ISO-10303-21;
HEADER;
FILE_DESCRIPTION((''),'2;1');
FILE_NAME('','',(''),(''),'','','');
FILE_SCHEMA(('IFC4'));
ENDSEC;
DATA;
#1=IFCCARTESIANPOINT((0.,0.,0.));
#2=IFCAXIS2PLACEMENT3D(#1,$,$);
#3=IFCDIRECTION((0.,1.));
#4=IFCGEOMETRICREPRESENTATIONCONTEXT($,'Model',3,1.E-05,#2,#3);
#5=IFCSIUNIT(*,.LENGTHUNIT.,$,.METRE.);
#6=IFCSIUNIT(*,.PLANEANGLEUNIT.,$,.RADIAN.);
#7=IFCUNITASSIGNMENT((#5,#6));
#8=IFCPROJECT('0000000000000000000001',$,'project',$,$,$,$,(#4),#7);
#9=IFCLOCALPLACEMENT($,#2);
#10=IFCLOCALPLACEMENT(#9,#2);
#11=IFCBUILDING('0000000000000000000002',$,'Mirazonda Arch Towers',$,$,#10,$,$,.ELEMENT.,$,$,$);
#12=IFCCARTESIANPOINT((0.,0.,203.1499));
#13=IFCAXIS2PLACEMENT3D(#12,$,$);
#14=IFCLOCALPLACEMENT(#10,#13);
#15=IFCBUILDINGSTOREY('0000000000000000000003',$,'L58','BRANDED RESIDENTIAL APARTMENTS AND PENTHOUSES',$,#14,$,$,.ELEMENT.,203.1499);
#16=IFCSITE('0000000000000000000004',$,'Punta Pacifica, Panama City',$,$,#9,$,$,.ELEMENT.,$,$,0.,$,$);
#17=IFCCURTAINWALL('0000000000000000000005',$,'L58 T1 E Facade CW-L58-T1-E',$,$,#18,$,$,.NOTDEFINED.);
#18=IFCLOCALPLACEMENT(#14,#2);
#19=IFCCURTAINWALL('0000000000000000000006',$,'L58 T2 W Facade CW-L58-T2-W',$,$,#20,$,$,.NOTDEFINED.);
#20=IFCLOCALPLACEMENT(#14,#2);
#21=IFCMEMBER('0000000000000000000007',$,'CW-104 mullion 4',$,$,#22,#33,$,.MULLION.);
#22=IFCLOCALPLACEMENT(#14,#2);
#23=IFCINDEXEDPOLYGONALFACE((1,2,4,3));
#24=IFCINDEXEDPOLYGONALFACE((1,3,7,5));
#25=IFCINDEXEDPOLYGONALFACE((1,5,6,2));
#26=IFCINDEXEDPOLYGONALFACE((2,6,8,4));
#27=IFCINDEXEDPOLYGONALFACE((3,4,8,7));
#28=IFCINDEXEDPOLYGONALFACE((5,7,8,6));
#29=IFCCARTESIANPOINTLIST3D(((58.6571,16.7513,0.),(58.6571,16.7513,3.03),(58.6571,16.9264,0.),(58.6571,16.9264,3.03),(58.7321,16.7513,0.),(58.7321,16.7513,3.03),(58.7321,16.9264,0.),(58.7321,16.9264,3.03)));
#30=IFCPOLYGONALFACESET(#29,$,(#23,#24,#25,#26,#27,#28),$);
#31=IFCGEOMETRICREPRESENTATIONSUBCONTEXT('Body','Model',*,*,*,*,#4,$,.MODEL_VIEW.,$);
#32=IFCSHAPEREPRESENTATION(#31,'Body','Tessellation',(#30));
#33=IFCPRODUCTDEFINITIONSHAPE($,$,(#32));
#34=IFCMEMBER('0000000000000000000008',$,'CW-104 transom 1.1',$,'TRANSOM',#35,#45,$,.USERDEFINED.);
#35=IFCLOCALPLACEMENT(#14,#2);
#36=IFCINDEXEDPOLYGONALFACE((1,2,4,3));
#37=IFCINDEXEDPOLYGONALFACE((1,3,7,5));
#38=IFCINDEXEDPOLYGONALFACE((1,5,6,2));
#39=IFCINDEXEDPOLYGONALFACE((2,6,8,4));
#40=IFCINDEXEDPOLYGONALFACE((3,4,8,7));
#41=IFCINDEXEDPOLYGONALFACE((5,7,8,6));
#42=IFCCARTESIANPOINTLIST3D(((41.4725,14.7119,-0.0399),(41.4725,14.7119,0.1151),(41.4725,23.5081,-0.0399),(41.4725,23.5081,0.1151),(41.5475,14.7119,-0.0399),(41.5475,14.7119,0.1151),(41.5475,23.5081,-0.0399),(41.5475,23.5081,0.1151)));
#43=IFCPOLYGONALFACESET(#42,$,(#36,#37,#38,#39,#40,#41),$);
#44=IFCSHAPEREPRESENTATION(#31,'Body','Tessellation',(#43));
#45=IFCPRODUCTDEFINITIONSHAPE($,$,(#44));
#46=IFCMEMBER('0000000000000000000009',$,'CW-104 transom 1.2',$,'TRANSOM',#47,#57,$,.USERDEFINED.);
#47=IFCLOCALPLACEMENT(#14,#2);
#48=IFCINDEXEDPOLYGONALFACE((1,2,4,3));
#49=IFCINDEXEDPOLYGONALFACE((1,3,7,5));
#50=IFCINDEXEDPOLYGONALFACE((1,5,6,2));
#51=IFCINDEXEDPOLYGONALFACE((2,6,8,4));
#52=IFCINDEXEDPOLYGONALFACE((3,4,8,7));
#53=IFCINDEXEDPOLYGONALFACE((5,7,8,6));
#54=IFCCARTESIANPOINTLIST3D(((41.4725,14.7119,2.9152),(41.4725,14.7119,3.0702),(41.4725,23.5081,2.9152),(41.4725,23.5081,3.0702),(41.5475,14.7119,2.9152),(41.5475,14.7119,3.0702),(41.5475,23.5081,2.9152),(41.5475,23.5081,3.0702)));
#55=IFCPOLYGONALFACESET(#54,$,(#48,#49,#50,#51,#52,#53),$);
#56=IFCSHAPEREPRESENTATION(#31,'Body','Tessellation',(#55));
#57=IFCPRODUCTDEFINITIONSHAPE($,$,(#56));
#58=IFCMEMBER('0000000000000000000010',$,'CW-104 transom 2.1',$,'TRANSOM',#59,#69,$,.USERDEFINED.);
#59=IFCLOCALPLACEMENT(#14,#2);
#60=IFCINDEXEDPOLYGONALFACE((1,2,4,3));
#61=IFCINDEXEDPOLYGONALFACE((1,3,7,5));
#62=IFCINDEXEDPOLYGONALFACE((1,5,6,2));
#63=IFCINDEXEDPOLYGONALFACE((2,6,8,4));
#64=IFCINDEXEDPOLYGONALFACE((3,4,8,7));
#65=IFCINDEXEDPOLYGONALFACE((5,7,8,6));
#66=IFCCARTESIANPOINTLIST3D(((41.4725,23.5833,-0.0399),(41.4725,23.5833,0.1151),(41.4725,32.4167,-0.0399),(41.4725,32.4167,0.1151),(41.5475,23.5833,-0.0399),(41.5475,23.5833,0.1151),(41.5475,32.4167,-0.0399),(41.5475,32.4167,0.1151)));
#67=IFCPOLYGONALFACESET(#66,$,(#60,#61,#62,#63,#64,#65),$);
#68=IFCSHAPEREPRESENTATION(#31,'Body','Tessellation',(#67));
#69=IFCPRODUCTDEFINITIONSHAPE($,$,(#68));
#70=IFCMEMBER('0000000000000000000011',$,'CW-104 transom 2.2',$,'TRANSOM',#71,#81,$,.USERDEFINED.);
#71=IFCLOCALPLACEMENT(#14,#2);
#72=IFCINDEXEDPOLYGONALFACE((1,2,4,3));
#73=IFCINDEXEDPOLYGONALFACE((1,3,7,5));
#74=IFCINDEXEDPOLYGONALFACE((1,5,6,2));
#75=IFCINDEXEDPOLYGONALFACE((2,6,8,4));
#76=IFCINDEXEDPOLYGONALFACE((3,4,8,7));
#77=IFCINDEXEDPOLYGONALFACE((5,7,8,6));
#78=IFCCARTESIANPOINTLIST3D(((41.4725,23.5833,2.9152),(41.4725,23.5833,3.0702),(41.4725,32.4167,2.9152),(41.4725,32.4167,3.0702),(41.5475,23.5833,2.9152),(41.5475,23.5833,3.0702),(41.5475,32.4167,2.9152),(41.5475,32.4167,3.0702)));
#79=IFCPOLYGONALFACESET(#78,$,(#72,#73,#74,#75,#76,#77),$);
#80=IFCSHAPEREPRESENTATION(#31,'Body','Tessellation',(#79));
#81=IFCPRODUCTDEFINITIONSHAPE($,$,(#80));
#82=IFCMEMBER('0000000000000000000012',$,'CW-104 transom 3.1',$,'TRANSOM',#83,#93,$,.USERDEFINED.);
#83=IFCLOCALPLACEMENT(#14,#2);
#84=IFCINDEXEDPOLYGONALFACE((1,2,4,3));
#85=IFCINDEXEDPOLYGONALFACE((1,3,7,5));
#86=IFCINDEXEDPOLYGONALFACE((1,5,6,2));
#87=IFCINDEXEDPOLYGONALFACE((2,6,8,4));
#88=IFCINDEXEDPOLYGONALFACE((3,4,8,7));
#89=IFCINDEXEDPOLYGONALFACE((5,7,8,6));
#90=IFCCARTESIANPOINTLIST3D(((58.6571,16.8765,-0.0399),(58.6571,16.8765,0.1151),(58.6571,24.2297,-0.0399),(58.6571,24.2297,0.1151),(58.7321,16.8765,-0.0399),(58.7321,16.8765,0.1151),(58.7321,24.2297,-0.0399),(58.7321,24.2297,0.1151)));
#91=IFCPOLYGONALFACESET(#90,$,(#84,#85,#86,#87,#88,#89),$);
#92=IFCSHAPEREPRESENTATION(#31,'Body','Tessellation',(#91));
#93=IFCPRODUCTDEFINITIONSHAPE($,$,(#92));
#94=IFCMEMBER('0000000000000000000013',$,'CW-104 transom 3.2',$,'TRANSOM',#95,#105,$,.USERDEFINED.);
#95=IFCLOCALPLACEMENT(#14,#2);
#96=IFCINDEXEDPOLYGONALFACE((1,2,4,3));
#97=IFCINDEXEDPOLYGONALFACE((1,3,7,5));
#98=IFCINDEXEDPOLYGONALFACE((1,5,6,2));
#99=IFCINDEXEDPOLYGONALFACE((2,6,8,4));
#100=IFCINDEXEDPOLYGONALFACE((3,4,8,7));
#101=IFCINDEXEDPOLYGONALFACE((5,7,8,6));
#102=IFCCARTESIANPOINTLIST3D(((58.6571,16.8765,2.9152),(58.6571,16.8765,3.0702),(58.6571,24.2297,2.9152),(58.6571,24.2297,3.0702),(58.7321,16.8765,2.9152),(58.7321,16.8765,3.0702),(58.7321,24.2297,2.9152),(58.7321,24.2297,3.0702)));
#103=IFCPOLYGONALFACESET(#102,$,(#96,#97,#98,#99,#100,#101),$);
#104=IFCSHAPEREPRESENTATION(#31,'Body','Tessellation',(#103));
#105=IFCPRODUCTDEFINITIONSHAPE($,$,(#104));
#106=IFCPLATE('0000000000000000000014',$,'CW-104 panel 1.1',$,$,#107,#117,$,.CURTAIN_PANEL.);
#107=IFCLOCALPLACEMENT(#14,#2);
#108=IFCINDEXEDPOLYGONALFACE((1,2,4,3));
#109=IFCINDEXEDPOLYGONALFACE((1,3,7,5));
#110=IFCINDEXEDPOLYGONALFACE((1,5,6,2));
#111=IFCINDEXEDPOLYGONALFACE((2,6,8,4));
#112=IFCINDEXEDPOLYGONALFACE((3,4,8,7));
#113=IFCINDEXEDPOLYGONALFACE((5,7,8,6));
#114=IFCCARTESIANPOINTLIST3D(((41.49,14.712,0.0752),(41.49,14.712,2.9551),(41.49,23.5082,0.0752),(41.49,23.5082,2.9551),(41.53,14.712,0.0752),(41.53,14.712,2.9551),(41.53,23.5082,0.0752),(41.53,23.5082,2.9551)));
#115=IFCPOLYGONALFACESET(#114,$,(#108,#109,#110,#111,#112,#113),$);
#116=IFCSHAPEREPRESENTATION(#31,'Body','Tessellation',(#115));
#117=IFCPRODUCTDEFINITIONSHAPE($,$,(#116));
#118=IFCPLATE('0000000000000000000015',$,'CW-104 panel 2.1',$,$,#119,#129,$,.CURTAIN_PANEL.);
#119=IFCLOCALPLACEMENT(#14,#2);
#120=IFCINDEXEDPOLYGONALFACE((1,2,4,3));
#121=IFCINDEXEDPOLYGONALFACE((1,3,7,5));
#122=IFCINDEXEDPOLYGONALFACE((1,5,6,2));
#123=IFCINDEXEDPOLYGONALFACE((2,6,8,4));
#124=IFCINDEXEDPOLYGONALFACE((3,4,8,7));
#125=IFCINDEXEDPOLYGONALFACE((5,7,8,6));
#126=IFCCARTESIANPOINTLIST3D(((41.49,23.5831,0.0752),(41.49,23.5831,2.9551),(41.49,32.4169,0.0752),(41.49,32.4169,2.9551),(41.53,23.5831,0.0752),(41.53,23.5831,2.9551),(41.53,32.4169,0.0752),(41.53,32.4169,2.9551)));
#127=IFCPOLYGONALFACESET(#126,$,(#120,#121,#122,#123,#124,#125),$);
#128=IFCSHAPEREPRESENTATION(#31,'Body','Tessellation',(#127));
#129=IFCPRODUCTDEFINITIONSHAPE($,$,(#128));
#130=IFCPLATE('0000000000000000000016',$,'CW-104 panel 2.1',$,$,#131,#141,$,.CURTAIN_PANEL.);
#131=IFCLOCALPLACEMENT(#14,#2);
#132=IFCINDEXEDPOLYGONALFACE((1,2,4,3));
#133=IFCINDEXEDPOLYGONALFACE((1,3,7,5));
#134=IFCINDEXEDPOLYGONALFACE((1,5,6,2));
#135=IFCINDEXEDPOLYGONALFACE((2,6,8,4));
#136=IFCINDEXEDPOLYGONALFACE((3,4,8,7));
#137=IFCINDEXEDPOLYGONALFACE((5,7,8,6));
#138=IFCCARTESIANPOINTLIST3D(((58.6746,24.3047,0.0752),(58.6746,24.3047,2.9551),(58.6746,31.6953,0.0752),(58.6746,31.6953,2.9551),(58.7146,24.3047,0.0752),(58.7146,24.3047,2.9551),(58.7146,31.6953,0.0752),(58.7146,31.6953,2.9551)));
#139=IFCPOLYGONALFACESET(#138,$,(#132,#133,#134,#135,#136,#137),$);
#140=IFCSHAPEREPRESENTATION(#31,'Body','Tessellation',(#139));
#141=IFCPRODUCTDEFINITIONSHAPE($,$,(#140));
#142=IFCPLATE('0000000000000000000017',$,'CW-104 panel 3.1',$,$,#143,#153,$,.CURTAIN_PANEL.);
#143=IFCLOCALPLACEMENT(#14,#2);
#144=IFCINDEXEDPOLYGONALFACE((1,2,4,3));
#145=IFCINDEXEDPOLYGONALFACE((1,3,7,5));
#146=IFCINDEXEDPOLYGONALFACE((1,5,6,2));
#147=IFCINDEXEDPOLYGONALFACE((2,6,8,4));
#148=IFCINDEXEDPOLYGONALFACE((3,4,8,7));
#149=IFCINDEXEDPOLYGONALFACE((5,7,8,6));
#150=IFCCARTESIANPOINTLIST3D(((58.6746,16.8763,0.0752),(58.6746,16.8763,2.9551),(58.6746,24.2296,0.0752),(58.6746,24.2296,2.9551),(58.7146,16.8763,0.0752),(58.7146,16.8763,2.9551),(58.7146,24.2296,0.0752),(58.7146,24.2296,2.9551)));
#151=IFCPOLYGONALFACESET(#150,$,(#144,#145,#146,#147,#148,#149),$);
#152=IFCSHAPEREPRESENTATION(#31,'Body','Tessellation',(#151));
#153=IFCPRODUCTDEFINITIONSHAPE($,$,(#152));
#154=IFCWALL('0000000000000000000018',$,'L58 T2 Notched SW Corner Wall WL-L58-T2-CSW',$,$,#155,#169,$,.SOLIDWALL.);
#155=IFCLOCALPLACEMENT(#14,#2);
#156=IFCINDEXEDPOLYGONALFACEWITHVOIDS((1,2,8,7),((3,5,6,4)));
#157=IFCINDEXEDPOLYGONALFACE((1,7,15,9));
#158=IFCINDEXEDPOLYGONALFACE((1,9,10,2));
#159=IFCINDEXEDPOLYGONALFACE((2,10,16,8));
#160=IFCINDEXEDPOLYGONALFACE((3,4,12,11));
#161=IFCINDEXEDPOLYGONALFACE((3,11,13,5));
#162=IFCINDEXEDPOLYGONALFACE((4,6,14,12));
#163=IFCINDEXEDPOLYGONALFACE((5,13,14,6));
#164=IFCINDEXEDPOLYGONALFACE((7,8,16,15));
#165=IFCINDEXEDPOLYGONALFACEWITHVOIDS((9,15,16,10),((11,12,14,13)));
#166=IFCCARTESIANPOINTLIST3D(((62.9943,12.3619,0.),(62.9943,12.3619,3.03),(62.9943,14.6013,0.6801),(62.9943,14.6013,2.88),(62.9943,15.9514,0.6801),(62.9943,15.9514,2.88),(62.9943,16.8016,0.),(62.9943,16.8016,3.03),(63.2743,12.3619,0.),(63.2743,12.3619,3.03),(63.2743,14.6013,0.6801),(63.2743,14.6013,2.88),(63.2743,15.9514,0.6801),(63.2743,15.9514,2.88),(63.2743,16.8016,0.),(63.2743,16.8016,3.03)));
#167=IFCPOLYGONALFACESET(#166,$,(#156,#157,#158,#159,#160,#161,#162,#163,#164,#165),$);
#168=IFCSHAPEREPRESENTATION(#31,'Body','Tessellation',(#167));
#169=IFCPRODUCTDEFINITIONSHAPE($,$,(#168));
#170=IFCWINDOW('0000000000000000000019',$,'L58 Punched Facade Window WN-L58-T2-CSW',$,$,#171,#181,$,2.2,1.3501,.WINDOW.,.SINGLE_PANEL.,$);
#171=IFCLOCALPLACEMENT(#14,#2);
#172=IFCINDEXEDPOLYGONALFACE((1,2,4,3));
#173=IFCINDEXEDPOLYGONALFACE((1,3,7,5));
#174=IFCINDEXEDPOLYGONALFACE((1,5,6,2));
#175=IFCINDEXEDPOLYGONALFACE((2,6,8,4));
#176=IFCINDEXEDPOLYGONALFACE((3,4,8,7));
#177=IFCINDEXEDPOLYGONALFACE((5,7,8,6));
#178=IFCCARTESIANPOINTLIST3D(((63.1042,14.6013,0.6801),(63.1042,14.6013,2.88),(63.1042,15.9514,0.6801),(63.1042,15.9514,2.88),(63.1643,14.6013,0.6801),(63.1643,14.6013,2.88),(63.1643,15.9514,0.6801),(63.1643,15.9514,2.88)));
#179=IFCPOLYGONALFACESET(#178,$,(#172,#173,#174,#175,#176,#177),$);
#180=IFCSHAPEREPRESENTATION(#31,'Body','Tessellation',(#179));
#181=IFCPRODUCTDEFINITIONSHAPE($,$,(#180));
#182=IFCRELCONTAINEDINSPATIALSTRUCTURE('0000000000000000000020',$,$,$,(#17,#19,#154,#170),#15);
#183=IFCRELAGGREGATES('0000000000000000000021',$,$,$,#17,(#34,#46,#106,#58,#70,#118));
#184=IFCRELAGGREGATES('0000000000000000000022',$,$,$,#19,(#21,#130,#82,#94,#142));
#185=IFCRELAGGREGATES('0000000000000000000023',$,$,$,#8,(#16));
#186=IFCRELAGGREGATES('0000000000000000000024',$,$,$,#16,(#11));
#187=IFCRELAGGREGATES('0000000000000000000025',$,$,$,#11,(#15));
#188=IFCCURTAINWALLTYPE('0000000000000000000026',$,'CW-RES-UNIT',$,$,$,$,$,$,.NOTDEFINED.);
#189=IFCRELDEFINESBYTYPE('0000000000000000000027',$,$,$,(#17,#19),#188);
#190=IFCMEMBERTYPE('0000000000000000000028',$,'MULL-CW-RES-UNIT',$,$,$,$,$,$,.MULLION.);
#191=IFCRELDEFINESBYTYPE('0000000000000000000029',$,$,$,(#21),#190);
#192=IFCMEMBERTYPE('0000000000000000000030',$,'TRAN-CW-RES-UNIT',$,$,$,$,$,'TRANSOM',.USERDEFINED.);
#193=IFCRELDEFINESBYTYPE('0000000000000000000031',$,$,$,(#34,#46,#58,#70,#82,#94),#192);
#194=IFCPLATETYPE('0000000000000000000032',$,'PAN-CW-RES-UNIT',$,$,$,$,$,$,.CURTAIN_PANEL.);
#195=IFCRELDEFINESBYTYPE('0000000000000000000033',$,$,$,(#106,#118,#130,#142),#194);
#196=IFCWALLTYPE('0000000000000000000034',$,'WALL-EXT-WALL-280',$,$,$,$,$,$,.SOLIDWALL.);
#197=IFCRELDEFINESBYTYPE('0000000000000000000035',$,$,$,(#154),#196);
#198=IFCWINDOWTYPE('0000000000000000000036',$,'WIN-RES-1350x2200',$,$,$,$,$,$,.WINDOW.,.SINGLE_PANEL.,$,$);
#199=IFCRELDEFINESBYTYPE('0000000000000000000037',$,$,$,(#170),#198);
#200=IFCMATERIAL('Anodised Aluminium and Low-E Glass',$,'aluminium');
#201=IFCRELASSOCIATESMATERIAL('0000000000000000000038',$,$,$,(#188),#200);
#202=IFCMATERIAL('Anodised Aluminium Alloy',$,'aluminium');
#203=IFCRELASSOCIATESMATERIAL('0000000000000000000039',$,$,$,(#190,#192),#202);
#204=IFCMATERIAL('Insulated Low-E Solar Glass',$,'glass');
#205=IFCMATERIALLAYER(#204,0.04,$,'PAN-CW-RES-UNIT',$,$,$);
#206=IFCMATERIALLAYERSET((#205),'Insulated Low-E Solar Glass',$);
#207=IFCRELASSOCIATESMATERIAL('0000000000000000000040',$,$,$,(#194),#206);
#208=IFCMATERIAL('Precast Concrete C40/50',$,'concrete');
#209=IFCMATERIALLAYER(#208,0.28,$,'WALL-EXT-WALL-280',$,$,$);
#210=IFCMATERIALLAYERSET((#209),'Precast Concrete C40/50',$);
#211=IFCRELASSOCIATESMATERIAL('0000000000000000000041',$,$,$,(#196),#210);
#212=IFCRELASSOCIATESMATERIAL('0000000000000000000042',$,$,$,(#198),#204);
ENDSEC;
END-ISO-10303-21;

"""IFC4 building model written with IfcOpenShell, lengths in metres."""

from ifc_helpers import new_model, si_unit, direction, frame, frame_2d, origin, origin_2d, place, context, subcontext, project, spatial, rectangle, extrude, material, layer, layer_set, material_profile, profile_set, type_object, element, fill, aggregate, save


model = new_model("IFC4")

# Units and contexts
model_context = context("Model", 3, precision=1e-05, world=origin(), true_north=direction((0.0, 1.0)))
body_context = subcontext(model_context, "Body", "Model", "MODEL_VIEW")
ifc_project = project(units=[si_unit("LENGTHUNIT", "METRE"), si_unit("PLANEANGLEUNIT", "RADIAN")], contexts=[model_context])

# Site, building, storey
site_placement = place(None, origin())
site = spatial("IfcSite", under=ifc_project, at=site_placement, Name="Punta Pacifica, Panama City", CompositionType="ELEMENT", RefElevation=0.0)
building_placement = place(site_placement, origin())
building = spatial("IfcBuilding", under=site, at=building_placement, Name="Mirazonda Arch Towers", CompositionType="ELEMENT")
storey_placement = place(building_placement, frame((0.0, 0.0, 203.1499)))
storey = spatial("IfcBuildingStorey", under=building, at=storey_placement, Name="L58", Description="BRANDED RESIDENTIAL APARTMENTS AND PENTHOUSES", CompositionType="ELEMENT", Elevation=203.1499)

# Curtain wall
ifc_material_1 = material(Name="Anodised Aluminium and Low-E Glass", Category="aluminium")
curtain_wall_type = type_object("IfcCurtainWallType", Name="CW-RES-UNIT", PredefinedType="NOTDEFINED", material=ifc_material_1)
curtain_wall_1_placement = place(storey_placement, origin())
curtain_wall_1 = element("IfcCurtainWall", 1, at=curtain_wall_1_placement, inside=storey, type_object=curtain_wall_type, Name="L58 T1 E Facade CW-L58-T1-E", PredefinedType="NOTDEFINED")
ifc_material_2 = material(Name="Anodised Aluminium Alloy", Category="aluminium")
ifc_material_profile_1 = material_profile(ifc_material_2, rectangle(XDim=0.075, YDim=0.175, at=origin_2d()), Name="ALU-MULL-75x175")
ifc_profile_set_1 = profile_set([ifc_material_profile_1], Name="Anodised Aluminium Alloy")
member_type_1 = type_object("IfcMemberType", Name="MULL-CW-RES-UNIT", PredefinedType="MULLION", material=ifc_profile_set_1)

# Curtain wall, member
curtain_wall_2_placement = place(storey_placement, origin())
curtain_wall_2 = element("IfcCurtainWall", 2, at=curtain_wall_2_placement, inside=storey, type_object=curtain_wall_type, Name="L58 T2 W Facade CW-L58-T2-W", PredefinedType="NOTDEFINED")
member_1_placement = place(storey_placement, frame((58.6946, 16.8389, 0.0), z_axis=(0.0, 0.0, 1.0), x_axis=(1.0, 0.0, 0.0)))
member_1 = element("IfcMember", 3, at=member_1_placement, type_object=member_type_1, Name="CW-104 mullion 4", PredefinedType="MULLION", context=body_context, shape_type="SweptSolid", body=[
    extrude(rectangle(XDim=0.075, YDim=0.175, at=origin_2d()), origin(), (0.0, 0.0, 1.0), 3.03),
])

# Members
ifc_material_profile_2 = material_profile(ifc_material_2, rectangle(XDim=0.075, YDim=0.155, at=origin_2d()), Name="ALU-TRAN-75x155")
ifc_profile_set_2 = profile_set([ifc_material_profile_2], Name="Anodised Aluminium Alloy")
member_type_2 = type_object("IfcMemberType", Name="TRAN-CW-RES-UNIT", ElementType="TRANSOM", PredefinedType="USERDEFINED", material=ifc_profile_set_2)
member_2_placement = place(storey_placement, frame((41.51, 14.7119, 0.0376), z_axis=(0.0, 1.0, 0.0), x_axis=(-1.0, 0.0, 0.0)))
member_2 = element("IfcMember", 4, at=member_2_placement, type_object=member_type_2, Name="CW-104 transom 1.1", ObjectType="TRANSOM", PredefinedType="USERDEFINED", context=body_context, shape_type="SweptSolid", body=[
    extrude(rectangle(XDim=0.075, YDim=0.155, at=origin_2d()), origin(), (0.0, 0.0, 1.0), 8.7961),
])
member_3_placement = place(storey_placement, frame((41.51, 14.7119, 2.9927), z_axis=(0.0, 1.0, 0.0), x_axis=(-1.0, 0.0, 0.0)))
member_3 = element("IfcMember", 5, at=member_3_placement, type_object=member_type_2, Name="CW-104 transom 1.2", ObjectType="TRANSOM", PredefinedType="USERDEFINED", context=body_context, shape_type="SweptSolid", body=[
    extrude(rectangle(XDim=0.075, YDim=0.155, at=origin_2d()), origin(), (0.0, 0.0, 1.0), 8.7961),
])
member_4_placement = place(storey_placement, frame((41.51, 23.5833, 0.0376), z_axis=(0.0, 1.0, 0.0), x_axis=(-1.0, 0.0, 0.0)))
member_4 = element("IfcMember", 6, at=member_4_placement, type_object=member_type_2, Name="CW-104 transom 2.1", ObjectType="TRANSOM", PredefinedType="USERDEFINED", context=body_context, shape_type="SweptSolid", body=[
    extrude(rectangle(XDim=0.075, YDim=0.155, at=origin_2d()), origin(), (0.0, 0.0, 1.0), 8.8335),
])
member_5_placement = place(storey_placement, frame((41.51, 23.5833, 2.9927), z_axis=(0.0, 1.0, 0.0), x_axis=(-1.0, 0.0, 0.0)))
member_5 = element("IfcMember", 7, at=member_5_placement, type_object=member_type_2, Name="CW-104 transom 2.2", ObjectType="TRANSOM", PredefinedType="USERDEFINED", context=body_context, shape_type="SweptSolid", body=[
    extrude(rectangle(XDim=0.075, YDim=0.155, at=origin_2d()), origin(), (0.0, 0.0, 1.0), 8.8335),
])
member_6_placement = place(storey_placement, frame((58.6946, 24.2297, 0.0376), z_axis=(0.0, -1.0, 0.0), x_axis=(1.0, 0.0, 0.0)))
member_6 = element("IfcMember", 8, at=member_6_placement, type_object=member_type_2, Name="CW-104 transom 3.1", ObjectType="TRANSOM", PredefinedType="USERDEFINED", context=body_context, shape_type="SweptSolid", body=[
    extrude(rectangle(XDim=0.075, YDim=0.155, at=origin_2d()), origin(), (0.0, 0.0, 1.0), 7.3533),
])
member_7_placement = place(storey_placement, frame((58.6946, 24.2297, 2.9927), z_axis=(0.0, -1.0, 0.0), x_axis=(1.0, 0.0, 0.0)))
member_7 = element("IfcMember", 9, at=member_7_placement, type_object=member_type_2, Name="CW-104 transom 3.2", ObjectType="TRANSOM", PredefinedType="USERDEFINED", context=body_context, shape_type="SweptSolid", body=[
    extrude(rectangle(XDim=0.075, YDim=0.155, at=origin_2d()), origin(), (0.0, 0.0, 1.0), 7.3533),
])

# Plates
ifc_material_3 = material(Name="Insulated Low-E Solar Glass", Category="glass")
ifc_layer_1 = layer(ifc_material_3, 0.04, Name="PAN-CW-RES-UNIT")
ifc_layer_set_1 = layer_set([ifc_layer_1], Name="Insulated Low-E Solar Glass")
plate_type = type_object("IfcPlateType", Name="PAN-CW-RES-UNIT", PredefinedType="CURTAIN_PANEL", material=ifc_layer_set_1)
plate_1_placement = place(storey_placement, frame((41.51, 19.1101, 0.0752), z_axis=(0.0, 0.0, 1.0), x_axis=(0.0, 1.0, 0.0)))
plate_1 = element("IfcPlate", 10, at=plate_1_placement, type_object=plate_type, Name="CW-104 panel 1.1", PredefinedType="CURTAIN_PANEL", context=body_context, shape_type="SweptSolid", body=[
    extrude(rectangle(XDim=8.7961, YDim=0.04, at=origin_2d()), origin(), (0.0, 0.0, 1.0), 2.8799),
])
plate_2_placement = place(storey_placement, frame((41.51, 28.0, 0.0752), z_axis=(0.0, 0.0, 1.0), x_axis=(0.0, 1.0, 0.0)))
plate_2 = element("IfcPlate", 11, at=plate_2_placement, type_object=plate_type, Name="CW-104 panel 2.1", PredefinedType="CURTAIN_PANEL", context=body_context, shape_type="SweptSolid", body=[
    extrude(rectangle(XDim=8.8337, YDim=0.04, at=origin_2d()), origin(), (0.0, 0.0, 1.0), 2.8799),
])
aggregate(curtain_wall_1, [member_2, member_3, plate_1, member_4, member_5, plate_2])
plate_3_placement = place(storey_placement, frame((58.6946, 28.0, 0.0752), z_axis=(0.0, 0.0, 1.0), x_axis=(0.0, -1.0, 0.0)))
plate_3 = element("IfcPlate", 12, at=plate_3_placement, type_object=plate_type, Name="CW-104 panel 2.1", PredefinedType="CURTAIN_PANEL", context=body_context, shape_type="SweptSolid", body=[
    extrude(rectangle(XDim=7.3906, YDim=0.04, at=origin_2d()), origin(), (0.0, 0.0, 1.0), 2.8799),
])
plate_4_placement = place(storey_placement, frame((58.6946, 20.553, 0.0752), z_axis=(0.0, 0.0, 1.0), x_axis=(0.0, -1.0, 0.0)))
plate_4 = element("IfcPlate", 13, at=plate_4_placement, type_object=plate_type, Name="CW-104 panel 3.1", PredefinedType="CURTAIN_PANEL", context=body_context, shape_type="SweptSolid", body=[
    extrude(rectangle(XDim=7.3533, YDim=0.04, at=origin_2d()), origin(), (0.0, 0.0, 1.0), 2.8799),
])
aggregate(curtain_wall_2, [member_1, plate_3, member_6, member_7, plate_4])

# Wall, opening, window
ifc_material_4 = material(Name="Precast Concrete C40/50", Category="concrete")
ifc_layer_2 = layer(ifc_material_4, 0.28, Name="WALL-EXT-WALL-280")
ifc_layer_set_2 = layer_set([ifc_layer_2], Name="Precast Concrete C40/50")
wall_type_1 = type_object("IfcWallType", Name="WALL-EXT-WALL-280", PredefinedType="SOLIDWALL", material=ifc_layer_set_2)
wall_1_placement = place(storey_placement, frame((63.1343, 16.8015, 0.0), z_axis=(0.0, 0.0, 1.0), x_axis=(0.0, -1.0, 0.0)))
wall_1 = element("IfcWall", 14, at=wall_1_placement, inside=storey, type_object=wall_type_1, Name="L58 T2 Notched SW Corner Wall WL-L58-T2-CSW", PredefinedType="SOLIDWALL", context=body_context, shape_type="SweptSolid", body=[
    extrude(rectangle(XDim=4.4397, YDim=0.28, at=frame_2d((2.2197, 0.0))), origin(), (0.0, 0.0, 1.0), 3.03),
])
opening_1_placement = place(wall_1_placement, frame((0.8501, 0.0, 0.6799)))
opening_1 = element("IfcOpeningElement", 15, at=opening_1_placement, cuts=wall_1, PredefinedType="OPENING", context=body_context, shape_type="SweptSolid", body=[
    extrude(rectangle(XDim=1.3501, YDim=2.2, at=frame_2d((0.675, 1.1001))), frame((0.0, 0.1499, 0.0), z_axis=(0.0, -1.0, 0.0), x_axis=(1.0, 0.0, 0.0)), (0.0, 0.0, 1.0), 0.3),
])
window_type_1 = type_object("IfcWindowType", Name="WIN-RES-1350x2200", PartitioningType="SINGLE_PANEL", PredefinedType="WINDOW", material=ifc_material_3)
window_1_placement = place(opening_1_placement, origin())
window_1 = element("IfcWindow", 16, at=window_1_placement, inside=storey, type_object=window_type_1, Name="L58 Punched Facade Window WN-L58-T2-CSW", OverallHeight=2.2, OverallWidth=1.3501, PartitioningType="SINGLE_PANEL", PredefinedType="WINDOW", context=body_context, shape_type="SweptSolid", body=[
    extrude(rectangle(XDim=1.3501, YDim=2.2, at=frame_2d((0.675, 1.1001))), frame((0.0, 0.03, 0.0), z_axis=(0.0, -1.0, 0.0), x_axis=(1.0, 0.0, 0.0)), (0.0, 0.0, 1.0), 0.0601),
])
fill(opening_1, window_1)

save(model, "model.ifc")
